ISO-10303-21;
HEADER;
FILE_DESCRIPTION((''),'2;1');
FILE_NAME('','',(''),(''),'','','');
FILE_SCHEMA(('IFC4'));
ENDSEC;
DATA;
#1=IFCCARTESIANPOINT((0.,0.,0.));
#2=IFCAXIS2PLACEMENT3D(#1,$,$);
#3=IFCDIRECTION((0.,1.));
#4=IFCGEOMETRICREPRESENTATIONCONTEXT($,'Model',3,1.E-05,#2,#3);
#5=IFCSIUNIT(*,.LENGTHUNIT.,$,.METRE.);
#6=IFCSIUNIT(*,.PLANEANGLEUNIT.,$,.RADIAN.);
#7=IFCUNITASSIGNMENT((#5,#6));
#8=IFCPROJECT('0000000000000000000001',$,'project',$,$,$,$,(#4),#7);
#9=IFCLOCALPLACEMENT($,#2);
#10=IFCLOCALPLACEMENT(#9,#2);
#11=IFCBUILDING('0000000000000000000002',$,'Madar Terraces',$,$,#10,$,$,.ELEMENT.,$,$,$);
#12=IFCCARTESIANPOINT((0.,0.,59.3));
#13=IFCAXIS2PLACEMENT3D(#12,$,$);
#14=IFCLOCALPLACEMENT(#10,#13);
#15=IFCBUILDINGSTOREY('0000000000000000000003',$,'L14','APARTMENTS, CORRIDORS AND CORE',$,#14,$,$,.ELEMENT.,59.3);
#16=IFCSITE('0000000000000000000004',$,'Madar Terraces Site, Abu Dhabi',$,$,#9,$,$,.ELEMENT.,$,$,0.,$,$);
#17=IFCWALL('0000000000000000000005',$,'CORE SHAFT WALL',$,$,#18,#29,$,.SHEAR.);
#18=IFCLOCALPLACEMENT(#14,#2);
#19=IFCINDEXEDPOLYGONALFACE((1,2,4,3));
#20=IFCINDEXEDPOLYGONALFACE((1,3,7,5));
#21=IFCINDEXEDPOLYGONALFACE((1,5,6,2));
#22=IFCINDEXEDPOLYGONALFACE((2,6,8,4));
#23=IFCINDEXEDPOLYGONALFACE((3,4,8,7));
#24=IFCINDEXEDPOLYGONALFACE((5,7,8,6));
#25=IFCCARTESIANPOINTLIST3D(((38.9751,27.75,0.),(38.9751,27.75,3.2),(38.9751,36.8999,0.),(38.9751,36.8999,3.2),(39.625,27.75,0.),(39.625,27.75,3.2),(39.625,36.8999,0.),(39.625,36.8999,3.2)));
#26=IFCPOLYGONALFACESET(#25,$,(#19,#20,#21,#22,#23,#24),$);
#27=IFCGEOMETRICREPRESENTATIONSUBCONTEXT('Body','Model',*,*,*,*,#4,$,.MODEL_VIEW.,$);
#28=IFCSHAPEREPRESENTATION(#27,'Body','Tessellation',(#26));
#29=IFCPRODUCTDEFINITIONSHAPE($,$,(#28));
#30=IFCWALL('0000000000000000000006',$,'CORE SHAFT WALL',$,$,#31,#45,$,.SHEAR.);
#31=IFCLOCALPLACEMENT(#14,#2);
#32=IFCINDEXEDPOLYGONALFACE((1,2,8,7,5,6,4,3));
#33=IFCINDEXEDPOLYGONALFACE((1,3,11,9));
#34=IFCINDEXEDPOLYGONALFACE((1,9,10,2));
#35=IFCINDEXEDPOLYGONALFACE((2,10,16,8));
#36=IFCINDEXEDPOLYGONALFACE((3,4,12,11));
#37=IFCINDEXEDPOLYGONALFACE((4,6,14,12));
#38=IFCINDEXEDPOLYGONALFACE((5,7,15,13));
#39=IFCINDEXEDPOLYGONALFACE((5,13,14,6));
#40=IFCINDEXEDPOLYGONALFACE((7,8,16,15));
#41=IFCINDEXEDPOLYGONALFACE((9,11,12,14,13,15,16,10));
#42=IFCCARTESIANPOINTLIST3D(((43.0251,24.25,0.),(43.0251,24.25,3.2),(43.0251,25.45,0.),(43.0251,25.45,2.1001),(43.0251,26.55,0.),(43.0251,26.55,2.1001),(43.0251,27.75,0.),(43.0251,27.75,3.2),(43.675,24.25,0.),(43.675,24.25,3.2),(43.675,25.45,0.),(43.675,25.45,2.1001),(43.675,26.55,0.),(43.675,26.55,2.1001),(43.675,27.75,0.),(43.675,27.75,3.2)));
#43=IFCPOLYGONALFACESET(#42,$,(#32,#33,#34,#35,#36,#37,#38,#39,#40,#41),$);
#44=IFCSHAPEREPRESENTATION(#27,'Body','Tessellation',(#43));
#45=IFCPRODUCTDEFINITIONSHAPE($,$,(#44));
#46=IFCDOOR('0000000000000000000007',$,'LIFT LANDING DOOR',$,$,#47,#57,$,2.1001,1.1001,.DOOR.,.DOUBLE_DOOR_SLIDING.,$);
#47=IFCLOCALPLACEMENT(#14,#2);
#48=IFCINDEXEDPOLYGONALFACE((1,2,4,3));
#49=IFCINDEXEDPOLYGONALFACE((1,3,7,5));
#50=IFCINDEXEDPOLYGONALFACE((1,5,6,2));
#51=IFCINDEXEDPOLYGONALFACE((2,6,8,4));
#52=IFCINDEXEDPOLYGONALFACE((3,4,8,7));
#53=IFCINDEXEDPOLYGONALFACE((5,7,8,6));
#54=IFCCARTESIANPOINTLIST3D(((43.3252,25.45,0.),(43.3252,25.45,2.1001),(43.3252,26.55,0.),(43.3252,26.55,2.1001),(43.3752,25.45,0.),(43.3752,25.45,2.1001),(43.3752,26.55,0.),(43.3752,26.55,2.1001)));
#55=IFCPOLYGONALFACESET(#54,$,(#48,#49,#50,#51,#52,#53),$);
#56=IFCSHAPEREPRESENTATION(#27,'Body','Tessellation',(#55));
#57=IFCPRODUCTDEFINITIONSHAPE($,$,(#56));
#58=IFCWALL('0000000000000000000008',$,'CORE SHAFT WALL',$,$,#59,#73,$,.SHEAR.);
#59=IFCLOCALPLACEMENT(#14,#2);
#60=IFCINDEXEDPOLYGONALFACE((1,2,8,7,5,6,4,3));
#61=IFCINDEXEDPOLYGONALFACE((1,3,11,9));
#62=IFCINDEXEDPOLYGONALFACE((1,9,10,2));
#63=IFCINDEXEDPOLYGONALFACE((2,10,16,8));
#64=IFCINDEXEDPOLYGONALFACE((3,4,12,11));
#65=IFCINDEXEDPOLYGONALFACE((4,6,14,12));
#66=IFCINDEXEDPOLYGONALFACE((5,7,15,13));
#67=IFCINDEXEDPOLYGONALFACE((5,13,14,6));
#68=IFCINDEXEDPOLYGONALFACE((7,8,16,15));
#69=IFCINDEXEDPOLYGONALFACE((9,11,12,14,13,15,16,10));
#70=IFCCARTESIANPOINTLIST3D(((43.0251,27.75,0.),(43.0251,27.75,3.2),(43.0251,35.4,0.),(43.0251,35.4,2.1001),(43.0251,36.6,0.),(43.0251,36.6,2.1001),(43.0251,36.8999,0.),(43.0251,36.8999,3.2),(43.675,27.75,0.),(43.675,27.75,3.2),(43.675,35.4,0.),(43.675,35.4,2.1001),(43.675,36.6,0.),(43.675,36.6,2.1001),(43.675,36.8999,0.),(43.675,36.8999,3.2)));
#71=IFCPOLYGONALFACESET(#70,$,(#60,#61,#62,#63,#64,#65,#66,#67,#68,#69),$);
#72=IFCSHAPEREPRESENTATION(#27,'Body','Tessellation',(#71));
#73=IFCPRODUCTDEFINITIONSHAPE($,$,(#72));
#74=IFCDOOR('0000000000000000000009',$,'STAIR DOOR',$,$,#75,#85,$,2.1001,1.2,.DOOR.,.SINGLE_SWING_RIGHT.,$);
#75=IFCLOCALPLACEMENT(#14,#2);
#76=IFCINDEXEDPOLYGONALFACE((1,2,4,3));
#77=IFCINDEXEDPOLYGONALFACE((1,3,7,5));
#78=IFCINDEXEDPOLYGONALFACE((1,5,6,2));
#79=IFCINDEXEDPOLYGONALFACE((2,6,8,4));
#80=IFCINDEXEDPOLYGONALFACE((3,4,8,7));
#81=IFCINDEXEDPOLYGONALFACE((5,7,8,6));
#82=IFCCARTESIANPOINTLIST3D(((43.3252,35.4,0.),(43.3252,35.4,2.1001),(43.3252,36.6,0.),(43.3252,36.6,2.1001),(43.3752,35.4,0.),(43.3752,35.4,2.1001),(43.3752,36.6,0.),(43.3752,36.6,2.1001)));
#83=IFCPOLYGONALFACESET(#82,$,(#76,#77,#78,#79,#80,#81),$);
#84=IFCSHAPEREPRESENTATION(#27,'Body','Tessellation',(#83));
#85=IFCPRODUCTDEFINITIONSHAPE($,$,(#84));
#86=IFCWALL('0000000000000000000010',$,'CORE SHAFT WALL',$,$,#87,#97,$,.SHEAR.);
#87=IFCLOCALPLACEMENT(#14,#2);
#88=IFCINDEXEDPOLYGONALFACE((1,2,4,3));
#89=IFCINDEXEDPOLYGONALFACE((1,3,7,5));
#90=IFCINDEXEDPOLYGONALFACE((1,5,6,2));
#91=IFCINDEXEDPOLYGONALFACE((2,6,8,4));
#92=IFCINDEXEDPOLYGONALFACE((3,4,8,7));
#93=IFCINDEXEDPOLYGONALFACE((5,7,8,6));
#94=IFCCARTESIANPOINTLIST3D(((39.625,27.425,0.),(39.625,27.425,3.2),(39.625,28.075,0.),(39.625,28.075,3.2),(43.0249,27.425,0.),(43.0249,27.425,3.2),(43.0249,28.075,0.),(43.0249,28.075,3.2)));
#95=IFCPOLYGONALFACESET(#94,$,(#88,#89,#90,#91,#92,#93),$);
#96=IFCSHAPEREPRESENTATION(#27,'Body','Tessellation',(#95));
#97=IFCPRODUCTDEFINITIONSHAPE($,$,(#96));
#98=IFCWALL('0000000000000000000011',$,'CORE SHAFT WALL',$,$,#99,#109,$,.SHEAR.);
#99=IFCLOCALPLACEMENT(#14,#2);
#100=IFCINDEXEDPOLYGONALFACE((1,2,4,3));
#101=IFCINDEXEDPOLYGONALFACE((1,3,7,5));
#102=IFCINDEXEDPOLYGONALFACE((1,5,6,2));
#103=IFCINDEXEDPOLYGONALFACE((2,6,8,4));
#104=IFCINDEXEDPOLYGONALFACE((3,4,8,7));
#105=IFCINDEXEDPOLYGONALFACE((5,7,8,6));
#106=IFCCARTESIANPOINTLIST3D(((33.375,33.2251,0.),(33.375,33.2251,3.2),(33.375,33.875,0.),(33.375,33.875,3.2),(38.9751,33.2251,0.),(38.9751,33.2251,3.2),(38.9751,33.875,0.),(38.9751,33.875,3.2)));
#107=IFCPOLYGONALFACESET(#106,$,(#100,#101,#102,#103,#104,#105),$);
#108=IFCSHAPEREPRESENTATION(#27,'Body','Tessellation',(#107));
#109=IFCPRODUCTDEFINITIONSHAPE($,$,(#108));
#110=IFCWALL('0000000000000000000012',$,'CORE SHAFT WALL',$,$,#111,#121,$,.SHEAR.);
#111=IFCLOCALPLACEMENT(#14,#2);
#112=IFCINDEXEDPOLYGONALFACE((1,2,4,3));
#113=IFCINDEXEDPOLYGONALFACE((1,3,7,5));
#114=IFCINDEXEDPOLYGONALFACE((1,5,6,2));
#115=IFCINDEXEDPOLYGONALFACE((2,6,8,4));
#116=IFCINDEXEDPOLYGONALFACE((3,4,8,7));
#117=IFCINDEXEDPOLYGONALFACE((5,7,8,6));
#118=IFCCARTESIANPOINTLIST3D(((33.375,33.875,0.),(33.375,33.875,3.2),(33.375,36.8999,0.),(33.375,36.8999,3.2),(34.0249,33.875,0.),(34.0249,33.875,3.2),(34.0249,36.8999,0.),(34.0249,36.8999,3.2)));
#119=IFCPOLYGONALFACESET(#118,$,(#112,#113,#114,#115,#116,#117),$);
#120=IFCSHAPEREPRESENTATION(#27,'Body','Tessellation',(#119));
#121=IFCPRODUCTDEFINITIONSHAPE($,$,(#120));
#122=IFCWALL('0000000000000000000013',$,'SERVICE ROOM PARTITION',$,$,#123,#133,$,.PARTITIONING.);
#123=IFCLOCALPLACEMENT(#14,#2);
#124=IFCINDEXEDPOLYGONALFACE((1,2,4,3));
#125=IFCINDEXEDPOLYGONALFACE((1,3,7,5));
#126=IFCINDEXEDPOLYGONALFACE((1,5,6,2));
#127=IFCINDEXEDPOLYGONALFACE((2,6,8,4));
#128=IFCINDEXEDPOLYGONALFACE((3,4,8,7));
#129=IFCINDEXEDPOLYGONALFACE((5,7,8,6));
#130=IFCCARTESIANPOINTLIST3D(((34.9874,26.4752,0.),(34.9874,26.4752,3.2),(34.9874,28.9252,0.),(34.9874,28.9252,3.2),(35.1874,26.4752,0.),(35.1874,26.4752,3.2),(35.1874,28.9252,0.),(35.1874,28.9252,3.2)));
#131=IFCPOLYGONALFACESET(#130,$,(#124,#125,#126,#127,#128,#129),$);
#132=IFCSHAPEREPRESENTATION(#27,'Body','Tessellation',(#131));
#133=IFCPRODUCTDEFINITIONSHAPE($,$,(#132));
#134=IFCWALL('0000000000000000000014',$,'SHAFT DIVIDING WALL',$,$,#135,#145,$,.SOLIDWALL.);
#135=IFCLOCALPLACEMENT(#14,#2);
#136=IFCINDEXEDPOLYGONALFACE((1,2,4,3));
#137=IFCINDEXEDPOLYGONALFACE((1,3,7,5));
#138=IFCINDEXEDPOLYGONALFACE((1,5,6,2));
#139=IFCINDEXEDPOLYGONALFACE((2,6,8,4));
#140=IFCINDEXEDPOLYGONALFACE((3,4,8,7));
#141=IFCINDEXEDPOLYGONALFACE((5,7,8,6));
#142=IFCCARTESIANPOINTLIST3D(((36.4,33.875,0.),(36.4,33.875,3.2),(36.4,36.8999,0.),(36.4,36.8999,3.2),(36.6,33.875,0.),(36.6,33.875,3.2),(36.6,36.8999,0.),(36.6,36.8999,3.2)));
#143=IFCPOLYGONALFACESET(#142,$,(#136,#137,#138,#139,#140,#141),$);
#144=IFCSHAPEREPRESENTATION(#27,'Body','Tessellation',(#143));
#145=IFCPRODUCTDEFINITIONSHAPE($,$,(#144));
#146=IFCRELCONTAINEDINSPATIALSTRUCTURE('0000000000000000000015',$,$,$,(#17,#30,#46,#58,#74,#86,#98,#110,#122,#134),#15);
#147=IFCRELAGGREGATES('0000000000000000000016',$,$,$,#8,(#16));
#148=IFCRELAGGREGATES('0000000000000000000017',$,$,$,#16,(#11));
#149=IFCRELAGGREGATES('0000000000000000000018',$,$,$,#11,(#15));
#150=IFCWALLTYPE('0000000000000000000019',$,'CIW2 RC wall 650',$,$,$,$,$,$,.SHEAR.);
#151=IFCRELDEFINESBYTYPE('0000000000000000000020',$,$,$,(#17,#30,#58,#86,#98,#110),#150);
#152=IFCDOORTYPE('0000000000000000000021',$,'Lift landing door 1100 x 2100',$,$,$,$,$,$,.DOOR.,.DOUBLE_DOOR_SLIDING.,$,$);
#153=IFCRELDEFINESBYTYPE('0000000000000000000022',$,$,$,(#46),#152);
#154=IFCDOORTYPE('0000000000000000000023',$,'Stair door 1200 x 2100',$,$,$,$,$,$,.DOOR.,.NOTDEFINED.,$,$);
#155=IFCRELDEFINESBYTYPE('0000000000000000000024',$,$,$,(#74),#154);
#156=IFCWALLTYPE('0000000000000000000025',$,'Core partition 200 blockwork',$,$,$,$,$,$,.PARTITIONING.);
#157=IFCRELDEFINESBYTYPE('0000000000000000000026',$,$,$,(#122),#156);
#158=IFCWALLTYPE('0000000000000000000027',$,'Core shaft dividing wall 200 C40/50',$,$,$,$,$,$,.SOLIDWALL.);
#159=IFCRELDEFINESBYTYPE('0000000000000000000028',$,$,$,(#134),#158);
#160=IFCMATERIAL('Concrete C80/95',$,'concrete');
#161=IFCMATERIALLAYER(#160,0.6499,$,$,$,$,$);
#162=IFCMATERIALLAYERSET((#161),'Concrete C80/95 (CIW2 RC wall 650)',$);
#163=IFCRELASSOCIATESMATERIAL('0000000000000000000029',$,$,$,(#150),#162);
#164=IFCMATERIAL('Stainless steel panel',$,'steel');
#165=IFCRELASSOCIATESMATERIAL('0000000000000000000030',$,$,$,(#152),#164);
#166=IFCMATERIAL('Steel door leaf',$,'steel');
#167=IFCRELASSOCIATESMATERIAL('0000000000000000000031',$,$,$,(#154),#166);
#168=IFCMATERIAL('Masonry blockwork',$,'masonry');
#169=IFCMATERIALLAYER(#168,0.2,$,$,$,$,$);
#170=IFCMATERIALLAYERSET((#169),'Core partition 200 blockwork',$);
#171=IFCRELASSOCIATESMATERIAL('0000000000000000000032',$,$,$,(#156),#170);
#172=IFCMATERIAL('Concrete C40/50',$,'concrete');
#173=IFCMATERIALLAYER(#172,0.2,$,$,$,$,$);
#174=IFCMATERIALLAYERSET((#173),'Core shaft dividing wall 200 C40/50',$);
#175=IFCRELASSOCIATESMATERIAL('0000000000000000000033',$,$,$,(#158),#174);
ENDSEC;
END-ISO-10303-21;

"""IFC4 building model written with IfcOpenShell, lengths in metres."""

from ifc_helpers import new_model, si_unit, direction, frame, frame_2d, origin, place, context, subcontext, project, spatial, rectangle, extrude, material, layer, layer_set, type_object, element, fill, save


model = new_model("IFC4")

# Units and contexts
model_context = context("Model", 3, precision=1e-05, world=origin(), true_north=direction((0.0, 1.0)))
body_context = subcontext(model_context, "Body", "Model", "MODEL_VIEW")
ifc_project = project(units=[si_unit("LENGTHUNIT", "METRE"), si_unit("PLANEANGLEUNIT", "RADIAN")], contexts=[model_context])

# Site, building, storey
site_placement = place(None, origin())
site = spatial("IfcSite", under=ifc_project, at=site_placement, Name="Madar Terraces Site, Abu Dhabi", CompositionType="ELEMENT", RefElevation=0.0)
building_placement = place(site_placement, origin())
building = spatial("IfcBuilding", under=site, at=building_placement, Name="Madar Terraces", CompositionType="ELEMENT")
storey_placement = place(building_placement, frame((0.0, 0.0, 59.3)))
storey = spatial("IfcBuildingStorey", under=building, at=storey_placement, Name="L14", Description="APARTMENTS, CORRIDORS AND CORE", CompositionType="ELEMENT", Elevation=59.3)

# Wall
ifc_material_1 = material(Name="Concrete C80/95", Category="concrete")
ifc_layer_1 = layer(ifc_material_1, 0.6499)
ifc_layer_set_1 = layer_set([ifc_layer_1], Name="Concrete C80/95 (CIW2 RC wall 650)")
wall_type_1 = type_object("IfcWallType", Name="CIW2 RC wall 650", PredefinedType="SHEAR", material=ifc_layer_set_1)
wall_1_placement = place(storey_placement, frame((39.3, 27.75, 0.0), z_axis=(0.0, 0.0, 1.0), x_axis=(0.0, 1.0, 0.0)))
element("IfcWall", 1, at=wall_1_placement, inside=storey, type_object=wall_type_1, Name="CORE SHAFT WALL", PredefinedType="SHEAR", context=body_context, shape_type="SweptSolid", body=[
    extrude(rectangle(XDim=9.1499, YDim=0.6499, at=frame_2d((4.575, 0.0))), origin(), (0.0, 0.0, 1.0), 3.2),
])

# Walls, openings, doors
wall_2_placement = place(storey_placement, frame((43.3501, 24.25, 0.0), z_axis=(0.0, 0.0, 1.0), x_axis=(0.0, 1.0, 0.0)))
wall_2 = element("IfcWall", 2, at=wall_2_placement, inside=storey, type_object=wall_type_1, Name="CORE SHAFT WALL", PredefinedType="SHEAR", context=body_context, shape_type="SweptSolid", body=[
    extrude(rectangle(XDim=3.5, YDim=0.6499, at=frame_2d((1.75, 0.0))), origin(), (0.0, 0.0, 1.0), 3.2),
])
opening_1_placement = place(wall_2_placement, frame((1.2, 0.0, 0.0)))
opening_1 = element("IfcOpeningElement", 3, at=opening_1_placement, cuts=wall_2, PredefinedType="OPENING", context=body_context, shape_type="SweptSolid", body=[
    extrude(rectangle(XDim=1.1001, YDim=2.1001, at=frame_2d((0.55, 1.05))), frame((0.0, 0.335, 0.0), z_axis=(0.0, -1.0, 0.0), x_axis=(1.0, 0.0, 0.0)), (0.0, 0.0, 1.0), 0.6699),
])
ifc_material_2 = material(Name="Stainless steel panel", Category="steel")
door_type_1 = type_object("IfcDoorType", Name="Lift landing door 1100 x 2100", OperationType="DOUBLE_DOOR_SLIDING", PredefinedType="DOOR", material=ifc_material_2)
door_1_placement = place(opening_1_placement, origin())
door_1 = element("IfcDoor", 4, at=door_1_placement, inside=storey, type_object=door_type_1, Name="LIFT LANDING DOOR", OperationType="DOUBLE_DOOR_SLIDING", OverallHeight=2.1001, OverallWidth=1.1001, PredefinedType="DOOR", context=body_context, shape_type="SweptSolid", body=[
    extrude(rectangle(XDim=1.1001, YDim=2.1001, at=frame_2d((0.55, 1.05))), frame((0.0, 0.0249, 0.0), z_axis=(0.0, -1.0, 0.0), x_axis=(1.0, 0.0, 0.0)), (0.0, 0.0, 1.0), 0.05),
])
fill(opening_1, door_1)
wall_3_placement = place(storey_placement, frame((43.3501, 27.75, 0.0), z_axis=(0.0, 0.0, 1.0), x_axis=(0.0, 1.0, 0.0)))
wall_3 = element("IfcWall", 5, at=wall_3_placement, inside=storey, type_object=wall_type_1, Name="CORE SHAFT WALL", PredefinedType="SHEAR", context=body_context, shape_type="SweptSolid", body=[
    extrude(rectangle(XDim=9.1499, YDim=0.6499, at=frame_2d((4.575, 0.0))), origin(), (0.0, 0.0, 1.0), 3.2),
])
opening_2_placement = place(wall_3_placement, frame((7.6499, 0.0, 0.0)))
opening_2 = element("IfcOpeningElement", 6, at=opening_2_placement, cuts=wall_3, PredefinedType="OPENING", context=body_context, shape_type="SweptSolid", body=[
    extrude(rectangle(XDim=1.2, YDim=2.1001, at=frame_2d((0.6001, 1.05))), frame((0.0, 0.335, 0.0), z_axis=(0.0, -1.0, 0.0), x_axis=(1.0, 0.0, 0.0)), (0.0, 0.0, 1.0), 0.6699),
])
ifc_material_3 = material(Name="Steel door leaf", Category="steel")
door_type_2 = type_object("IfcDoorType", Name="Stair door 1200 x 2100", OperationType="NOTDEFINED", PredefinedType="DOOR", material=ifc_material_3)
door_2_placement = place(opening_2_placement, origin())
door_2 = element("IfcDoor", 7, at=door_2_placement, inside=storey, type_object=door_type_2, Name="STAIR DOOR", OperationType="SINGLE_SWING_RIGHT", OverallHeight=2.1001, OverallWidth=1.2, PredefinedType="DOOR", context=body_context, shape_type="SweptSolid", body=[
    extrude(rectangle(XDim=1.2, YDim=2.1001, at=frame_2d((0.6001, 1.05))), frame((0.0, 0.0249, 0.0), z_axis=(0.0, -1.0, 0.0), x_axis=(1.0, 0.0, 0.0)), (0.0, 0.0, 1.0), 0.05),
])
fill(opening_2, door_2)

# Walls
wall_4_placement = place(storey_placement, frame((39.625, 27.75, 0.0), z_axis=(0.0, 0.0, 1.0), x_axis=(1.0, 0.0, 0.0)))
element("IfcWall", 8, at=wall_4_placement, inside=storey, type_object=wall_type_1, Name="CORE SHAFT WALL", PredefinedType="SHEAR", context=body_context, shape_type="SweptSolid", body=[
    extrude(rectangle(XDim=3.3999, YDim=0.6499, at=frame_2d((1.7, 0.0))), origin(), (0.0, 0.0, 1.0), 3.2),
])
wall_5_placement = place(storey_placement, frame((33.375, 33.55, 0.0), z_axis=(0.0, 0.0, 1.0), x_axis=(1.0, 0.0, 0.0)))
element("IfcWall", 9, at=wall_5_placement, inside=storey, type_object=wall_type_1, Name="CORE SHAFT WALL", PredefinedType="SHEAR", context=body_context, shape_type="SweptSolid", body=[
    extrude(rectangle(XDim=5.6001, YDim=0.6499, at=frame_2d((2.8, 0.0))), origin(), (0.0, 0.0, 1.0), 3.2),
])
wall_6_placement = place(storey_placement, frame((33.7, 33.875, 0.0), z_axis=(0.0, 0.0, 1.0), x_axis=(0.0, 1.0, 0.0)))
element("IfcWall", 10, at=wall_6_placement, inside=storey, type_object=wall_type_1, Name="CORE SHAFT WALL", PredefinedType="SHEAR", context=body_context, shape_type="SweptSolid", body=[
    extrude(rectangle(XDim=3.0249, YDim=0.6499, at=frame_2d((1.5125, 0.0))), origin(), (0.0, 0.0, 1.0), 3.2),
])
ifc_material_4 = material(Name="Masonry blockwork", Category="masonry")
ifc_layer_2 = layer(ifc_material_4, 0.2)
ifc_layer_set_2 = layer_set([ifc_layer_2], Name="Core partition 200 blockwork")
wall_type_2 = type_object("IfcWallType", Name="Core partition 200 blockwork", PredefinedType="PARTITIONING", material=ifc_layer_set_2)
wall_7_placement = place(storey_placement, frame((35.0874, 26.4751, 0.0), z_axis=(0.0, 0.0, 1.0), x_axis=(0.0, 1.0, 0.0)))
element("IfcWall", 11, at=wall_7_placement, inside=storey, type_object=wall_type_2, Name="SERVICE ROOM PARTITION", PredefinedType="PARTITIONING", context=body_context, shape_type="SweptSolid", body=[
    extrude(rectangle(XDim=2.45, YDim=0.2, at=frame_2d((1.2251, 0.0))), origin(), (0.0, 0.0, 1.0), 3.2),
])
ifc_material_5 = material(Name="Concrete C40/50", Category="concrete")
ifc_layer_3 = layer(ifc_material_5, 0.2)
ifc_layer_set_3 = layer_set([ifc_layer_3], Name="Core shaft dividing wall 200 C40/50")
wall_type_3 = type_object("IfcWallType", Name="Core shaft dividing wall 200 C40/50", PredefinedType="SOLIDWALL", material=ifc_layer_set_3)
wall_8_placement = place(storey_placement, frame((36.5, 33.875, 0.0), z_axis=(0.0, 0.0, 1.0), x_axis=(0.0, 1.0, 0.0)))
element("IfcWall", 12, at=wall_8_placement, inside=storey, type_object=wall_type_3, Name="SHAFT DIVIDING WALL", PredefinedType="SOLIDWALL", context=body_context, shape_type="SweptSolid", body=[
    extrude(rectangle(XDim=3.0249, YDim=0.2, at=frame_2d((1.5125, 0.0))), origin(), (0.0, 0.0, 1.0), 3.2),
])

save(model, "model.ifc")
